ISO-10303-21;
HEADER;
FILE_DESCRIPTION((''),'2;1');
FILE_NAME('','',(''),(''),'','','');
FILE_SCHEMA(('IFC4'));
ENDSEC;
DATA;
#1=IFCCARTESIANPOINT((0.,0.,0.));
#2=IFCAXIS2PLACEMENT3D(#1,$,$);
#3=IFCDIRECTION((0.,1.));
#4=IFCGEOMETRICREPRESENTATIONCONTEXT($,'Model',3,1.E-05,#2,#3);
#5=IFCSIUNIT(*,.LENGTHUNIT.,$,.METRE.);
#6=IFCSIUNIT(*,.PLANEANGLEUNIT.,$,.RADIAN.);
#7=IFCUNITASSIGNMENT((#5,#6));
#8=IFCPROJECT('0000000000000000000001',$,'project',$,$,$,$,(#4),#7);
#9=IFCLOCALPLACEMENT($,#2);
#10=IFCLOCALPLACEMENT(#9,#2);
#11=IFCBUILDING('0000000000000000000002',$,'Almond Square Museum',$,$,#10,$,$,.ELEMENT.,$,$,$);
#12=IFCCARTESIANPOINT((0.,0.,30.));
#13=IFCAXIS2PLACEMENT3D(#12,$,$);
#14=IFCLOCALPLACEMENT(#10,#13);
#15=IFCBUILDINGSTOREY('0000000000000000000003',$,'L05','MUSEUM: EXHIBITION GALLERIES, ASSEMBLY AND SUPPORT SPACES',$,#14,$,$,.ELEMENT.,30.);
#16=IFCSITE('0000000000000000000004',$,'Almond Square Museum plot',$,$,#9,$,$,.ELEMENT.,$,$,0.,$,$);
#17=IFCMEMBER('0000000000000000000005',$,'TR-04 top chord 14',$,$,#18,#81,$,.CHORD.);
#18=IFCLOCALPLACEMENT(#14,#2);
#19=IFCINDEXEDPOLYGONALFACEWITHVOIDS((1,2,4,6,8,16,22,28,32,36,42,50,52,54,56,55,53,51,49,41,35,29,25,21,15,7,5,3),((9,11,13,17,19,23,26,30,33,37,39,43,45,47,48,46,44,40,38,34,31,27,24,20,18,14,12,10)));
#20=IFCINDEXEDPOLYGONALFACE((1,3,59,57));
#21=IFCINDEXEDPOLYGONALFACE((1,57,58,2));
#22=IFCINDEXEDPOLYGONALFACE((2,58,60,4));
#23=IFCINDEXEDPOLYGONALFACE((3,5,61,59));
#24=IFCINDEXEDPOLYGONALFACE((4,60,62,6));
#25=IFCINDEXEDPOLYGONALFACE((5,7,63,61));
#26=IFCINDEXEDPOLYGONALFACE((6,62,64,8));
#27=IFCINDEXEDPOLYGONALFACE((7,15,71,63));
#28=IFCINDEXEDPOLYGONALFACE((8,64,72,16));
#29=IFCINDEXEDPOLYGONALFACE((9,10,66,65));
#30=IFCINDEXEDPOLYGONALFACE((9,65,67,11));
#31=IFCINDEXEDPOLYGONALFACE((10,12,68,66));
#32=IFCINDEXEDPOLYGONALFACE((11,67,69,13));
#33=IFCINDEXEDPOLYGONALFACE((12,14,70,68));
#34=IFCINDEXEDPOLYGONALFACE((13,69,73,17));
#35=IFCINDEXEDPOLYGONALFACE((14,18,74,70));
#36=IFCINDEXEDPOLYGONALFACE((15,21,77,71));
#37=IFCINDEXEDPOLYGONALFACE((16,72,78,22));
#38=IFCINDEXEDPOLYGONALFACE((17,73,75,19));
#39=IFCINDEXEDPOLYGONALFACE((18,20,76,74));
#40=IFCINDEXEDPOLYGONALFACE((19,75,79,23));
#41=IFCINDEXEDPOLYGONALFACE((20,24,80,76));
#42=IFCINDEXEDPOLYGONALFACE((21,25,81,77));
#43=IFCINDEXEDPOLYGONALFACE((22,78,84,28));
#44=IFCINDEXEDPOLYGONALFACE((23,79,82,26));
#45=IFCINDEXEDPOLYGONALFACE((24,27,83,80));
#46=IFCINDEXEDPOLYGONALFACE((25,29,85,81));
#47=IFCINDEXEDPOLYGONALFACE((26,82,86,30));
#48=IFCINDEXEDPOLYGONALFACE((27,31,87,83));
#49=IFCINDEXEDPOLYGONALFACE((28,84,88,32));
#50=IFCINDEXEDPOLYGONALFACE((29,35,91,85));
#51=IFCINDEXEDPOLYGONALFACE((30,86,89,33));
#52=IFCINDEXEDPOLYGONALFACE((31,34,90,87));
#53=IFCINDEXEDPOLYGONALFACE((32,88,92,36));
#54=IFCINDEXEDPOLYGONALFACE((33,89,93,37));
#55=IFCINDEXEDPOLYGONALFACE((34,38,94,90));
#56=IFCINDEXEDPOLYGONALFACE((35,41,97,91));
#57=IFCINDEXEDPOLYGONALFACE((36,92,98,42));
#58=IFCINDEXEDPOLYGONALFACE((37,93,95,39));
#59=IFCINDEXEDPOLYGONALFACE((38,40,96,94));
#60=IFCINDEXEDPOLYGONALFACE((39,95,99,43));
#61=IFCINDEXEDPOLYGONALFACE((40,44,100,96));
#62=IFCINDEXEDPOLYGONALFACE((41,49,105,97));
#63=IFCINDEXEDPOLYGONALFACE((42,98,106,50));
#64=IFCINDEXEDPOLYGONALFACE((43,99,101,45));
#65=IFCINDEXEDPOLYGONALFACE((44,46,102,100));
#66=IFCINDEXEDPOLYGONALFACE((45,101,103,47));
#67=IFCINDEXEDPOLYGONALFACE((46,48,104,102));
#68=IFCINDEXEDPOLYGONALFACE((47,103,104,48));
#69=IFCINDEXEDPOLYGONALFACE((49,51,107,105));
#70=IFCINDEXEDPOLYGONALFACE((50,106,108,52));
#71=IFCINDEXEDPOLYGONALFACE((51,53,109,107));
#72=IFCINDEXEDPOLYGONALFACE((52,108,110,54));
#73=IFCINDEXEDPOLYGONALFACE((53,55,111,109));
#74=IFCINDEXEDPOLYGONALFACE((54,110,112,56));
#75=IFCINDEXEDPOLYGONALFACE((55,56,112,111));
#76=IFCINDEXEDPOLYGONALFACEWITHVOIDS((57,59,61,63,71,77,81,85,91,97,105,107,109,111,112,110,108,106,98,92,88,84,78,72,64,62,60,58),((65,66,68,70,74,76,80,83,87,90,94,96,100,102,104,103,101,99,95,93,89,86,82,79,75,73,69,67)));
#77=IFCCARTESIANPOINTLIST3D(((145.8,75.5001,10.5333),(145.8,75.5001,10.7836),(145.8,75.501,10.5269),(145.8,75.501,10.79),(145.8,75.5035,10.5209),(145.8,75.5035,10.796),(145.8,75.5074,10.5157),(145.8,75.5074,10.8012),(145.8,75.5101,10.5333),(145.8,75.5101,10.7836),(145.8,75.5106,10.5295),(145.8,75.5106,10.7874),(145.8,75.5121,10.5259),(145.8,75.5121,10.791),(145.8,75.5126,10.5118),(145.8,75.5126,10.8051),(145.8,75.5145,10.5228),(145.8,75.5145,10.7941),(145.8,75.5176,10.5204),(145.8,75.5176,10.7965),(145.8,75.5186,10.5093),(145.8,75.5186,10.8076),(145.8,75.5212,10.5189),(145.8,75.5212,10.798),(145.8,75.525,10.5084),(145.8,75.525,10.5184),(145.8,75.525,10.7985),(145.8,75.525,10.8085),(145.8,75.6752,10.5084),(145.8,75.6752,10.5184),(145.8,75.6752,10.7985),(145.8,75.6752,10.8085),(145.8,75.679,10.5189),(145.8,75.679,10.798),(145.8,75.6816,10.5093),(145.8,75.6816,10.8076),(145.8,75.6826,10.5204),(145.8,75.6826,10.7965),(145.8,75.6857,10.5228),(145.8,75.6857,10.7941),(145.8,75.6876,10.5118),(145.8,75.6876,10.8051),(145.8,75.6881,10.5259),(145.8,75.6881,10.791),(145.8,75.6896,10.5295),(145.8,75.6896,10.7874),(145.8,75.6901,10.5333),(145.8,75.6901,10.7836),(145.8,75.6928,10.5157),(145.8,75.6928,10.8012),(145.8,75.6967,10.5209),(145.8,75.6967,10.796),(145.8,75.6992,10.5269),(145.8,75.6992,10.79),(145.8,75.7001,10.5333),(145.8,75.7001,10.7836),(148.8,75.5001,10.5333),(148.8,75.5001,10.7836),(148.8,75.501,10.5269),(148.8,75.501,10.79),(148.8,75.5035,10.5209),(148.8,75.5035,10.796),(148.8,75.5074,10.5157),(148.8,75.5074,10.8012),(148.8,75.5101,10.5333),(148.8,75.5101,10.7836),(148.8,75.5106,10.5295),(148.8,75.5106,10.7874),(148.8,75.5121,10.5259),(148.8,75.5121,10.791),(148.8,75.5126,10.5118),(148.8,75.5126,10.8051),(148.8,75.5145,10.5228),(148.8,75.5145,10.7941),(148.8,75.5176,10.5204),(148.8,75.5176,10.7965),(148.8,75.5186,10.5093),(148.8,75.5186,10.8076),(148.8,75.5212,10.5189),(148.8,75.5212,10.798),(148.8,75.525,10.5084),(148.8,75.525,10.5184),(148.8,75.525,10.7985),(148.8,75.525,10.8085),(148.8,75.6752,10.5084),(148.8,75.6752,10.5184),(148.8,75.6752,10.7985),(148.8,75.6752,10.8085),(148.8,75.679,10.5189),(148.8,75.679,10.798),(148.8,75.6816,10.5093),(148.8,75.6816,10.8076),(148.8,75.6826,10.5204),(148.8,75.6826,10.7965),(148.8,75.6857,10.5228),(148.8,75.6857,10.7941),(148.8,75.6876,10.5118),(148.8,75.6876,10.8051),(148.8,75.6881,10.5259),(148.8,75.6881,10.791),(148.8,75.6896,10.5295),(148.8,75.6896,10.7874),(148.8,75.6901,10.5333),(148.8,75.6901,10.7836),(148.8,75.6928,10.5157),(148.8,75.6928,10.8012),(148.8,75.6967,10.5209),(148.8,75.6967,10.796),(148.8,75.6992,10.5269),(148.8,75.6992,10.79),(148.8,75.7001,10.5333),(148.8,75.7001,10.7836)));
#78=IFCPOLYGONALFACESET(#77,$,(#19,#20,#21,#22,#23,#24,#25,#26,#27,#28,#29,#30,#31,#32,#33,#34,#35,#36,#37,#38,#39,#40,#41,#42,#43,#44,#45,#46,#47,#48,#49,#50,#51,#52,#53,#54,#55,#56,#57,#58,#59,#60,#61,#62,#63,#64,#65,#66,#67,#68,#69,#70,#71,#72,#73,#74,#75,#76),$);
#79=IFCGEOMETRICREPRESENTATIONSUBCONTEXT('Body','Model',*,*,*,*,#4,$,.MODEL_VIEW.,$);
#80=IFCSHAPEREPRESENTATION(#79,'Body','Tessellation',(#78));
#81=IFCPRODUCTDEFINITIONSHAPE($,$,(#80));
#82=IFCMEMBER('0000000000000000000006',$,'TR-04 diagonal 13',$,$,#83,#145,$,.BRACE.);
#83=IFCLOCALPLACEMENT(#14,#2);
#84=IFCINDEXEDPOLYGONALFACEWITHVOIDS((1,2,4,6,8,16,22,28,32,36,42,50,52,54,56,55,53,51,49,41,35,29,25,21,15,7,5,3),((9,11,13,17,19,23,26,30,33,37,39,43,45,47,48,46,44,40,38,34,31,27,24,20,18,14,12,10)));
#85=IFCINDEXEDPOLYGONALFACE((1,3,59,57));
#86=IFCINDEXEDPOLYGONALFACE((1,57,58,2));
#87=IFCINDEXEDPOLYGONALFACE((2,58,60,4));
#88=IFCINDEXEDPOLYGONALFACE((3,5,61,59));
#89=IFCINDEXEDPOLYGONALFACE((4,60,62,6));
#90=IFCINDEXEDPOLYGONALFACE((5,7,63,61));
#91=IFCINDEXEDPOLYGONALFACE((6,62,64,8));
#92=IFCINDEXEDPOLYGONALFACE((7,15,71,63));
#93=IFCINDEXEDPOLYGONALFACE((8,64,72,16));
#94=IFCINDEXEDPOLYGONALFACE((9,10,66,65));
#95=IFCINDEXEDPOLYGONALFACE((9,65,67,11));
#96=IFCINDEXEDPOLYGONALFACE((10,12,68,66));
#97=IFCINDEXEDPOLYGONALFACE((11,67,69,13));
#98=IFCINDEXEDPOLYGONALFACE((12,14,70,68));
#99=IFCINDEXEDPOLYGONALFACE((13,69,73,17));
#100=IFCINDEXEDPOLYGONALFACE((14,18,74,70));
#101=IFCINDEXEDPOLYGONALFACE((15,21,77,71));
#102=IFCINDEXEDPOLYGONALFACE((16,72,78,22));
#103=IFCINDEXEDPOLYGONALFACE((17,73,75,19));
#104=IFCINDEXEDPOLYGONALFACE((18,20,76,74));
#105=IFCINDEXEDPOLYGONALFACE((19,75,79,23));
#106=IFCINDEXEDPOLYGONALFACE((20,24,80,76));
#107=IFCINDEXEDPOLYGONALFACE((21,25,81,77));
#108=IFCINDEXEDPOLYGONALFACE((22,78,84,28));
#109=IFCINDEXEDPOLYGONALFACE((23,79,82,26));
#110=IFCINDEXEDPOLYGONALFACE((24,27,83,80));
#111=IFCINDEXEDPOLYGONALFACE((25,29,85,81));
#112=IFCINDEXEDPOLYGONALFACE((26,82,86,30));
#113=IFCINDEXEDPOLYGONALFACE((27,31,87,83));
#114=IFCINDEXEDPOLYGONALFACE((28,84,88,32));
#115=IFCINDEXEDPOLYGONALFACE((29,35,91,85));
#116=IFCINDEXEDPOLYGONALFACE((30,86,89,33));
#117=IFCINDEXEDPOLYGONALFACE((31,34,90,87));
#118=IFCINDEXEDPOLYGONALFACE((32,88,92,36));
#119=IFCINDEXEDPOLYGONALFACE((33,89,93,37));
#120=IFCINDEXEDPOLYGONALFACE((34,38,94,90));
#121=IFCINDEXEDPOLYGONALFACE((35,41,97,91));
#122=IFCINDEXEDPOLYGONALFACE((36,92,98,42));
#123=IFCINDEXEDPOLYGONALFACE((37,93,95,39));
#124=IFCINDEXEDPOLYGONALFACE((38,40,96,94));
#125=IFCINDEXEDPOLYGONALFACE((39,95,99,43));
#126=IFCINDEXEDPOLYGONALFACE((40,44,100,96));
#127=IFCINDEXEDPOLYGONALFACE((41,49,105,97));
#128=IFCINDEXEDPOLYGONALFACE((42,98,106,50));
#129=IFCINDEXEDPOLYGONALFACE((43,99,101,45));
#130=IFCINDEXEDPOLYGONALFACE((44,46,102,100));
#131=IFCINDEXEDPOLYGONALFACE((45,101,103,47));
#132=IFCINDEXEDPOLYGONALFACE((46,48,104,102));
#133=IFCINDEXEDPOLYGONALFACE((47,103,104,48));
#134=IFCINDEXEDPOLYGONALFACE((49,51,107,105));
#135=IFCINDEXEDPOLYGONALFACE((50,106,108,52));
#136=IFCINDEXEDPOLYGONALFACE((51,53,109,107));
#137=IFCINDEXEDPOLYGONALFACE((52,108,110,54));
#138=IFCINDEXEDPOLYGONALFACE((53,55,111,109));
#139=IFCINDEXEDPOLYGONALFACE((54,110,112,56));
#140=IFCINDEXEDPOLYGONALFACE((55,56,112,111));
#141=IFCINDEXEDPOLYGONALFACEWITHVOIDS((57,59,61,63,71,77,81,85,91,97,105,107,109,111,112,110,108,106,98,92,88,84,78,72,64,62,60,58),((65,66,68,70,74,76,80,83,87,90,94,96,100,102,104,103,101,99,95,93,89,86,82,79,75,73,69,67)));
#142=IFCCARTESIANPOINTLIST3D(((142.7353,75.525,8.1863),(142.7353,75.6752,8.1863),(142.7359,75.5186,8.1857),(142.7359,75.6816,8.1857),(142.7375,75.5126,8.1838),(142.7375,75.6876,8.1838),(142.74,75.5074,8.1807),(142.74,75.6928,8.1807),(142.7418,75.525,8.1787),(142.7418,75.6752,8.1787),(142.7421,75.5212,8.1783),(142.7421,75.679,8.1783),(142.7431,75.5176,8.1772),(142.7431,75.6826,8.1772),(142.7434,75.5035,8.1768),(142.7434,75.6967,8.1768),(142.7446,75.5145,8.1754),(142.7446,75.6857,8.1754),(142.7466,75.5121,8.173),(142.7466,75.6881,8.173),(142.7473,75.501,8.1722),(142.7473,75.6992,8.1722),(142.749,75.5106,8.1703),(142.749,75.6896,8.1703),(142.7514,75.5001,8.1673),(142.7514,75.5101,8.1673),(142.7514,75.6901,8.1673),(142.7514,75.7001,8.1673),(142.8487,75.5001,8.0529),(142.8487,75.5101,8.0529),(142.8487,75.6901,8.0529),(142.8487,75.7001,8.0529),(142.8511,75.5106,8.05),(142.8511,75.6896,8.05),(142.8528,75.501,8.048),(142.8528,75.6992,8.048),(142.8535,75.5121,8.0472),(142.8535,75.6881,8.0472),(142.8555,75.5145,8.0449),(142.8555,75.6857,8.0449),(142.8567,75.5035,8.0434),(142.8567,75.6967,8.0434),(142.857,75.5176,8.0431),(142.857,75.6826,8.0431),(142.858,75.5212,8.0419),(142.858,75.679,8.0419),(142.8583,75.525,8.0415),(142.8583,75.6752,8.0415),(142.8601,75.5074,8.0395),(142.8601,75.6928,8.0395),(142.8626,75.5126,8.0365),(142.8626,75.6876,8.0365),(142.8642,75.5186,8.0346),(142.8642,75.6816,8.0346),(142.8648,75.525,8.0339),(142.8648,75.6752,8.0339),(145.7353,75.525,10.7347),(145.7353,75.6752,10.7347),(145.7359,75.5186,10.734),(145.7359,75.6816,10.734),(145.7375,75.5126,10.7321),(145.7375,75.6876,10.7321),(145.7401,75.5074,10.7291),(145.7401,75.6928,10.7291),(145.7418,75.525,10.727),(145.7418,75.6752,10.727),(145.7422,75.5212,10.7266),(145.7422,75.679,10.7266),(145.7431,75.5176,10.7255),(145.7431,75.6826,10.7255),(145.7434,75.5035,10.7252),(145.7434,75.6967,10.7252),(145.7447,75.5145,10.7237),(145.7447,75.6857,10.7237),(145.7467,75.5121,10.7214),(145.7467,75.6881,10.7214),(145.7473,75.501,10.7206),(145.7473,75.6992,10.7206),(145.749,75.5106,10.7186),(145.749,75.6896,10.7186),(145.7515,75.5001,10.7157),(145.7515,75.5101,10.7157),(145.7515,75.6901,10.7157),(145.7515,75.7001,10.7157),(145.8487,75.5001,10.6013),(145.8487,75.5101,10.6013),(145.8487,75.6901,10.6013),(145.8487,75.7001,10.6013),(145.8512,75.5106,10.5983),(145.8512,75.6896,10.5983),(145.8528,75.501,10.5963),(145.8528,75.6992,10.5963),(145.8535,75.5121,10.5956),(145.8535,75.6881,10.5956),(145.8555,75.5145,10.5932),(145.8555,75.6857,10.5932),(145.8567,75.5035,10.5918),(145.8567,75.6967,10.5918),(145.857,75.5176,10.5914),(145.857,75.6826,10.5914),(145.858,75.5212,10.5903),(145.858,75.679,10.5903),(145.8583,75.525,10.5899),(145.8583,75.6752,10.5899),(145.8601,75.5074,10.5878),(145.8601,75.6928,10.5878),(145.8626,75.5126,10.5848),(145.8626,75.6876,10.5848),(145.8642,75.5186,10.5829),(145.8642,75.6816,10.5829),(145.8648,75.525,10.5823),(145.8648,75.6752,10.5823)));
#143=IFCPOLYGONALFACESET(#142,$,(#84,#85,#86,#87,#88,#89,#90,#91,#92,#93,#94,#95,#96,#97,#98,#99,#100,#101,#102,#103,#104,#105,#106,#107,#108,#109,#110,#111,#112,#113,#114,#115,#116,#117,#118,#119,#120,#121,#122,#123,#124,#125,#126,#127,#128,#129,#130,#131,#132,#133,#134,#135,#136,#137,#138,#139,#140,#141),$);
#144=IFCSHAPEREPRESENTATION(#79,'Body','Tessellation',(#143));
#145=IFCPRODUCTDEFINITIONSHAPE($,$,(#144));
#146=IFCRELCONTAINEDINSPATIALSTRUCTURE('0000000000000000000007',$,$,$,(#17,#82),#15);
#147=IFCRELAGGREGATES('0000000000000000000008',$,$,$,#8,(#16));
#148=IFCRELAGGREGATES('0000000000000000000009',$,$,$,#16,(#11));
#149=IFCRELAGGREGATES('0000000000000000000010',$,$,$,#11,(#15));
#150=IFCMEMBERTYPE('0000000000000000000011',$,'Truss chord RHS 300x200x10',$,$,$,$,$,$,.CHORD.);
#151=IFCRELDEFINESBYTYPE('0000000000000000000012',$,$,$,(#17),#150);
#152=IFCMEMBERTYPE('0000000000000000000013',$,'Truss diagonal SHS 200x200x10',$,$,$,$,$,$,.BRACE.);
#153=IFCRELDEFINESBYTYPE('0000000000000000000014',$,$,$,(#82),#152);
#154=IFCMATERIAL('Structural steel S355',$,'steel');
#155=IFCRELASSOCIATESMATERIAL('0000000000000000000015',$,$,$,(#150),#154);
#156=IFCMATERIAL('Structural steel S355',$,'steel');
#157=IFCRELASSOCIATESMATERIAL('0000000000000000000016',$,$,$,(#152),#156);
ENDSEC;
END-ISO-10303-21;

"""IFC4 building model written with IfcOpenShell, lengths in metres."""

from ifc_helpers import new_model, si_unit, direction, frame, origin, origin_2d, place, context, subcontext, project, spatial, hollow_rectangle, extrude, material, material_profile, profile_set, type_object, element, save


model = new_model("IFC4")

# Units and contexts
model_context = context("Model", 3, precision=1e-05, world=origin(), true_north=direction((0.0, 1.0)))
body_context = subcontext(model_context, "Body", "Model", "MODEL_VIEW")
ifc_project = project(units=[si_unit("LENGTHUNIT", "METRE"), si_unit("PLANEANGLEUNIT", "RADIAN")], contexts=[model_context])

# Site, building, storey
site_placement = place(None, origin())
site = spatial("IfcSite", under=ifc_project, at=site_placement, Name="Almond Square Museum plot", CompositionType="ELEMENT", RefElevation=0.0)
building_placement = place(site_placement, origin())
building = spatial("IfcBuilding", under=site, at=building_placement, Name="Almond Square Museum", CompositionType="ELEMENT")
storey_placement = place(building_placement, frame((0.0, 0.0, 30.0)))
storey = spatial("IfcBuildingStorey", under=building, at=storey_placement, Name="L05", Description="MUSEUM: EXHIBITION GALLERIES, ASSEMBLY AND SUPPORT SPACES", CompositionType="ELEMENT", Elevation=30.0)

# Members
ifc_material_1 = material(Name="Structural steel S355", Category="steel")
ifc_material_profile_1 = material_profile(ifc_material_1, hollow_rectangle(XDim=0.2, YDim=0.3, WallThickness=0.01, InnerFilletRadius=0.0149, OuterFilletRadius=0.0249, at=origin_2d()))
ifc_profile_set_1 = profile_set([ifc_material_profile_1], Name="Structural steel S355")
member_type_1 = type_object("IfcMemberType", Name="Truss chord RHS 300x200x10", PredefinedType="CHORD", material=ifc_profile_set_1)
for number, where, z_axis, x_axis, name in (
    (1, (145.8, 75.6001, 10.6584), (1.0, 0.0, 0.0), (0.0, 1.0, 0.0), "TR-04 top chord 14"),
):
    element("IfcMember", number, at=place(storey_placement, frame(where, z_axis=z_axis, x_axis=x_axis)), inside=storey, type_object=member_type_1, Name=name, PredefinedType="CHORD", context=body_context, shape_type="SweptSolid", body=[
        extrude(hollow_rectangle(XDim=0.2, YDim=0.3, WallThickness=0.01, InnerFilletRadius=0.0149, OuterFilletRadius=0.0249, at=origin_2d()), origin(), (0.0, 0.0, 1.0), 3.0),
    ])
ifc_material_2 = material(Name="Structural steel S355", Category="steel")
ifc_material_profile_2 = material_profile(ifc_material_2, hollow_rectangle(XDim=0.2, YDim=0.2, WallThickness=0.01, InnerFilletRadius=0.0149, OuterFilletRadius=0.0249, at=origin_2d()))
ifc_profile_set_2 = profile_set([ifc_material_profile_2], Name="Structural steel S355")
member_type_2 = type_object("IfcMemberType", Name="Truss diagonal SHS 200x200x10", PredefinedType="BRACE", material=ifc_profile_set_2)
member_1_placement = place(storey_placement, frame((142.8, 75.6001, 8.1101), z_axis=(0.762147, 0.0, 0.647404), x_axis=(0.0, 1.0, 0.0)))
element("IfcMember", 2, at=member_1_placement, inside=storey, type_object=member_type_2, Name="TR-04 diagonal 13", PredefinedType="BRACE", context=body_context, shape_type="SweptSolid", body=[
    extrude(hollow_rectangle(XDim=0.2, YDim=0.2, WallThickness=0.01, InnerFilletRadius=0.0149, OuterFilletRadius=0.0249, at=origin_2d()), origin(), (0.0, 0.0, 1.0), 3.9363),
])

save(model, "model.ifc")
